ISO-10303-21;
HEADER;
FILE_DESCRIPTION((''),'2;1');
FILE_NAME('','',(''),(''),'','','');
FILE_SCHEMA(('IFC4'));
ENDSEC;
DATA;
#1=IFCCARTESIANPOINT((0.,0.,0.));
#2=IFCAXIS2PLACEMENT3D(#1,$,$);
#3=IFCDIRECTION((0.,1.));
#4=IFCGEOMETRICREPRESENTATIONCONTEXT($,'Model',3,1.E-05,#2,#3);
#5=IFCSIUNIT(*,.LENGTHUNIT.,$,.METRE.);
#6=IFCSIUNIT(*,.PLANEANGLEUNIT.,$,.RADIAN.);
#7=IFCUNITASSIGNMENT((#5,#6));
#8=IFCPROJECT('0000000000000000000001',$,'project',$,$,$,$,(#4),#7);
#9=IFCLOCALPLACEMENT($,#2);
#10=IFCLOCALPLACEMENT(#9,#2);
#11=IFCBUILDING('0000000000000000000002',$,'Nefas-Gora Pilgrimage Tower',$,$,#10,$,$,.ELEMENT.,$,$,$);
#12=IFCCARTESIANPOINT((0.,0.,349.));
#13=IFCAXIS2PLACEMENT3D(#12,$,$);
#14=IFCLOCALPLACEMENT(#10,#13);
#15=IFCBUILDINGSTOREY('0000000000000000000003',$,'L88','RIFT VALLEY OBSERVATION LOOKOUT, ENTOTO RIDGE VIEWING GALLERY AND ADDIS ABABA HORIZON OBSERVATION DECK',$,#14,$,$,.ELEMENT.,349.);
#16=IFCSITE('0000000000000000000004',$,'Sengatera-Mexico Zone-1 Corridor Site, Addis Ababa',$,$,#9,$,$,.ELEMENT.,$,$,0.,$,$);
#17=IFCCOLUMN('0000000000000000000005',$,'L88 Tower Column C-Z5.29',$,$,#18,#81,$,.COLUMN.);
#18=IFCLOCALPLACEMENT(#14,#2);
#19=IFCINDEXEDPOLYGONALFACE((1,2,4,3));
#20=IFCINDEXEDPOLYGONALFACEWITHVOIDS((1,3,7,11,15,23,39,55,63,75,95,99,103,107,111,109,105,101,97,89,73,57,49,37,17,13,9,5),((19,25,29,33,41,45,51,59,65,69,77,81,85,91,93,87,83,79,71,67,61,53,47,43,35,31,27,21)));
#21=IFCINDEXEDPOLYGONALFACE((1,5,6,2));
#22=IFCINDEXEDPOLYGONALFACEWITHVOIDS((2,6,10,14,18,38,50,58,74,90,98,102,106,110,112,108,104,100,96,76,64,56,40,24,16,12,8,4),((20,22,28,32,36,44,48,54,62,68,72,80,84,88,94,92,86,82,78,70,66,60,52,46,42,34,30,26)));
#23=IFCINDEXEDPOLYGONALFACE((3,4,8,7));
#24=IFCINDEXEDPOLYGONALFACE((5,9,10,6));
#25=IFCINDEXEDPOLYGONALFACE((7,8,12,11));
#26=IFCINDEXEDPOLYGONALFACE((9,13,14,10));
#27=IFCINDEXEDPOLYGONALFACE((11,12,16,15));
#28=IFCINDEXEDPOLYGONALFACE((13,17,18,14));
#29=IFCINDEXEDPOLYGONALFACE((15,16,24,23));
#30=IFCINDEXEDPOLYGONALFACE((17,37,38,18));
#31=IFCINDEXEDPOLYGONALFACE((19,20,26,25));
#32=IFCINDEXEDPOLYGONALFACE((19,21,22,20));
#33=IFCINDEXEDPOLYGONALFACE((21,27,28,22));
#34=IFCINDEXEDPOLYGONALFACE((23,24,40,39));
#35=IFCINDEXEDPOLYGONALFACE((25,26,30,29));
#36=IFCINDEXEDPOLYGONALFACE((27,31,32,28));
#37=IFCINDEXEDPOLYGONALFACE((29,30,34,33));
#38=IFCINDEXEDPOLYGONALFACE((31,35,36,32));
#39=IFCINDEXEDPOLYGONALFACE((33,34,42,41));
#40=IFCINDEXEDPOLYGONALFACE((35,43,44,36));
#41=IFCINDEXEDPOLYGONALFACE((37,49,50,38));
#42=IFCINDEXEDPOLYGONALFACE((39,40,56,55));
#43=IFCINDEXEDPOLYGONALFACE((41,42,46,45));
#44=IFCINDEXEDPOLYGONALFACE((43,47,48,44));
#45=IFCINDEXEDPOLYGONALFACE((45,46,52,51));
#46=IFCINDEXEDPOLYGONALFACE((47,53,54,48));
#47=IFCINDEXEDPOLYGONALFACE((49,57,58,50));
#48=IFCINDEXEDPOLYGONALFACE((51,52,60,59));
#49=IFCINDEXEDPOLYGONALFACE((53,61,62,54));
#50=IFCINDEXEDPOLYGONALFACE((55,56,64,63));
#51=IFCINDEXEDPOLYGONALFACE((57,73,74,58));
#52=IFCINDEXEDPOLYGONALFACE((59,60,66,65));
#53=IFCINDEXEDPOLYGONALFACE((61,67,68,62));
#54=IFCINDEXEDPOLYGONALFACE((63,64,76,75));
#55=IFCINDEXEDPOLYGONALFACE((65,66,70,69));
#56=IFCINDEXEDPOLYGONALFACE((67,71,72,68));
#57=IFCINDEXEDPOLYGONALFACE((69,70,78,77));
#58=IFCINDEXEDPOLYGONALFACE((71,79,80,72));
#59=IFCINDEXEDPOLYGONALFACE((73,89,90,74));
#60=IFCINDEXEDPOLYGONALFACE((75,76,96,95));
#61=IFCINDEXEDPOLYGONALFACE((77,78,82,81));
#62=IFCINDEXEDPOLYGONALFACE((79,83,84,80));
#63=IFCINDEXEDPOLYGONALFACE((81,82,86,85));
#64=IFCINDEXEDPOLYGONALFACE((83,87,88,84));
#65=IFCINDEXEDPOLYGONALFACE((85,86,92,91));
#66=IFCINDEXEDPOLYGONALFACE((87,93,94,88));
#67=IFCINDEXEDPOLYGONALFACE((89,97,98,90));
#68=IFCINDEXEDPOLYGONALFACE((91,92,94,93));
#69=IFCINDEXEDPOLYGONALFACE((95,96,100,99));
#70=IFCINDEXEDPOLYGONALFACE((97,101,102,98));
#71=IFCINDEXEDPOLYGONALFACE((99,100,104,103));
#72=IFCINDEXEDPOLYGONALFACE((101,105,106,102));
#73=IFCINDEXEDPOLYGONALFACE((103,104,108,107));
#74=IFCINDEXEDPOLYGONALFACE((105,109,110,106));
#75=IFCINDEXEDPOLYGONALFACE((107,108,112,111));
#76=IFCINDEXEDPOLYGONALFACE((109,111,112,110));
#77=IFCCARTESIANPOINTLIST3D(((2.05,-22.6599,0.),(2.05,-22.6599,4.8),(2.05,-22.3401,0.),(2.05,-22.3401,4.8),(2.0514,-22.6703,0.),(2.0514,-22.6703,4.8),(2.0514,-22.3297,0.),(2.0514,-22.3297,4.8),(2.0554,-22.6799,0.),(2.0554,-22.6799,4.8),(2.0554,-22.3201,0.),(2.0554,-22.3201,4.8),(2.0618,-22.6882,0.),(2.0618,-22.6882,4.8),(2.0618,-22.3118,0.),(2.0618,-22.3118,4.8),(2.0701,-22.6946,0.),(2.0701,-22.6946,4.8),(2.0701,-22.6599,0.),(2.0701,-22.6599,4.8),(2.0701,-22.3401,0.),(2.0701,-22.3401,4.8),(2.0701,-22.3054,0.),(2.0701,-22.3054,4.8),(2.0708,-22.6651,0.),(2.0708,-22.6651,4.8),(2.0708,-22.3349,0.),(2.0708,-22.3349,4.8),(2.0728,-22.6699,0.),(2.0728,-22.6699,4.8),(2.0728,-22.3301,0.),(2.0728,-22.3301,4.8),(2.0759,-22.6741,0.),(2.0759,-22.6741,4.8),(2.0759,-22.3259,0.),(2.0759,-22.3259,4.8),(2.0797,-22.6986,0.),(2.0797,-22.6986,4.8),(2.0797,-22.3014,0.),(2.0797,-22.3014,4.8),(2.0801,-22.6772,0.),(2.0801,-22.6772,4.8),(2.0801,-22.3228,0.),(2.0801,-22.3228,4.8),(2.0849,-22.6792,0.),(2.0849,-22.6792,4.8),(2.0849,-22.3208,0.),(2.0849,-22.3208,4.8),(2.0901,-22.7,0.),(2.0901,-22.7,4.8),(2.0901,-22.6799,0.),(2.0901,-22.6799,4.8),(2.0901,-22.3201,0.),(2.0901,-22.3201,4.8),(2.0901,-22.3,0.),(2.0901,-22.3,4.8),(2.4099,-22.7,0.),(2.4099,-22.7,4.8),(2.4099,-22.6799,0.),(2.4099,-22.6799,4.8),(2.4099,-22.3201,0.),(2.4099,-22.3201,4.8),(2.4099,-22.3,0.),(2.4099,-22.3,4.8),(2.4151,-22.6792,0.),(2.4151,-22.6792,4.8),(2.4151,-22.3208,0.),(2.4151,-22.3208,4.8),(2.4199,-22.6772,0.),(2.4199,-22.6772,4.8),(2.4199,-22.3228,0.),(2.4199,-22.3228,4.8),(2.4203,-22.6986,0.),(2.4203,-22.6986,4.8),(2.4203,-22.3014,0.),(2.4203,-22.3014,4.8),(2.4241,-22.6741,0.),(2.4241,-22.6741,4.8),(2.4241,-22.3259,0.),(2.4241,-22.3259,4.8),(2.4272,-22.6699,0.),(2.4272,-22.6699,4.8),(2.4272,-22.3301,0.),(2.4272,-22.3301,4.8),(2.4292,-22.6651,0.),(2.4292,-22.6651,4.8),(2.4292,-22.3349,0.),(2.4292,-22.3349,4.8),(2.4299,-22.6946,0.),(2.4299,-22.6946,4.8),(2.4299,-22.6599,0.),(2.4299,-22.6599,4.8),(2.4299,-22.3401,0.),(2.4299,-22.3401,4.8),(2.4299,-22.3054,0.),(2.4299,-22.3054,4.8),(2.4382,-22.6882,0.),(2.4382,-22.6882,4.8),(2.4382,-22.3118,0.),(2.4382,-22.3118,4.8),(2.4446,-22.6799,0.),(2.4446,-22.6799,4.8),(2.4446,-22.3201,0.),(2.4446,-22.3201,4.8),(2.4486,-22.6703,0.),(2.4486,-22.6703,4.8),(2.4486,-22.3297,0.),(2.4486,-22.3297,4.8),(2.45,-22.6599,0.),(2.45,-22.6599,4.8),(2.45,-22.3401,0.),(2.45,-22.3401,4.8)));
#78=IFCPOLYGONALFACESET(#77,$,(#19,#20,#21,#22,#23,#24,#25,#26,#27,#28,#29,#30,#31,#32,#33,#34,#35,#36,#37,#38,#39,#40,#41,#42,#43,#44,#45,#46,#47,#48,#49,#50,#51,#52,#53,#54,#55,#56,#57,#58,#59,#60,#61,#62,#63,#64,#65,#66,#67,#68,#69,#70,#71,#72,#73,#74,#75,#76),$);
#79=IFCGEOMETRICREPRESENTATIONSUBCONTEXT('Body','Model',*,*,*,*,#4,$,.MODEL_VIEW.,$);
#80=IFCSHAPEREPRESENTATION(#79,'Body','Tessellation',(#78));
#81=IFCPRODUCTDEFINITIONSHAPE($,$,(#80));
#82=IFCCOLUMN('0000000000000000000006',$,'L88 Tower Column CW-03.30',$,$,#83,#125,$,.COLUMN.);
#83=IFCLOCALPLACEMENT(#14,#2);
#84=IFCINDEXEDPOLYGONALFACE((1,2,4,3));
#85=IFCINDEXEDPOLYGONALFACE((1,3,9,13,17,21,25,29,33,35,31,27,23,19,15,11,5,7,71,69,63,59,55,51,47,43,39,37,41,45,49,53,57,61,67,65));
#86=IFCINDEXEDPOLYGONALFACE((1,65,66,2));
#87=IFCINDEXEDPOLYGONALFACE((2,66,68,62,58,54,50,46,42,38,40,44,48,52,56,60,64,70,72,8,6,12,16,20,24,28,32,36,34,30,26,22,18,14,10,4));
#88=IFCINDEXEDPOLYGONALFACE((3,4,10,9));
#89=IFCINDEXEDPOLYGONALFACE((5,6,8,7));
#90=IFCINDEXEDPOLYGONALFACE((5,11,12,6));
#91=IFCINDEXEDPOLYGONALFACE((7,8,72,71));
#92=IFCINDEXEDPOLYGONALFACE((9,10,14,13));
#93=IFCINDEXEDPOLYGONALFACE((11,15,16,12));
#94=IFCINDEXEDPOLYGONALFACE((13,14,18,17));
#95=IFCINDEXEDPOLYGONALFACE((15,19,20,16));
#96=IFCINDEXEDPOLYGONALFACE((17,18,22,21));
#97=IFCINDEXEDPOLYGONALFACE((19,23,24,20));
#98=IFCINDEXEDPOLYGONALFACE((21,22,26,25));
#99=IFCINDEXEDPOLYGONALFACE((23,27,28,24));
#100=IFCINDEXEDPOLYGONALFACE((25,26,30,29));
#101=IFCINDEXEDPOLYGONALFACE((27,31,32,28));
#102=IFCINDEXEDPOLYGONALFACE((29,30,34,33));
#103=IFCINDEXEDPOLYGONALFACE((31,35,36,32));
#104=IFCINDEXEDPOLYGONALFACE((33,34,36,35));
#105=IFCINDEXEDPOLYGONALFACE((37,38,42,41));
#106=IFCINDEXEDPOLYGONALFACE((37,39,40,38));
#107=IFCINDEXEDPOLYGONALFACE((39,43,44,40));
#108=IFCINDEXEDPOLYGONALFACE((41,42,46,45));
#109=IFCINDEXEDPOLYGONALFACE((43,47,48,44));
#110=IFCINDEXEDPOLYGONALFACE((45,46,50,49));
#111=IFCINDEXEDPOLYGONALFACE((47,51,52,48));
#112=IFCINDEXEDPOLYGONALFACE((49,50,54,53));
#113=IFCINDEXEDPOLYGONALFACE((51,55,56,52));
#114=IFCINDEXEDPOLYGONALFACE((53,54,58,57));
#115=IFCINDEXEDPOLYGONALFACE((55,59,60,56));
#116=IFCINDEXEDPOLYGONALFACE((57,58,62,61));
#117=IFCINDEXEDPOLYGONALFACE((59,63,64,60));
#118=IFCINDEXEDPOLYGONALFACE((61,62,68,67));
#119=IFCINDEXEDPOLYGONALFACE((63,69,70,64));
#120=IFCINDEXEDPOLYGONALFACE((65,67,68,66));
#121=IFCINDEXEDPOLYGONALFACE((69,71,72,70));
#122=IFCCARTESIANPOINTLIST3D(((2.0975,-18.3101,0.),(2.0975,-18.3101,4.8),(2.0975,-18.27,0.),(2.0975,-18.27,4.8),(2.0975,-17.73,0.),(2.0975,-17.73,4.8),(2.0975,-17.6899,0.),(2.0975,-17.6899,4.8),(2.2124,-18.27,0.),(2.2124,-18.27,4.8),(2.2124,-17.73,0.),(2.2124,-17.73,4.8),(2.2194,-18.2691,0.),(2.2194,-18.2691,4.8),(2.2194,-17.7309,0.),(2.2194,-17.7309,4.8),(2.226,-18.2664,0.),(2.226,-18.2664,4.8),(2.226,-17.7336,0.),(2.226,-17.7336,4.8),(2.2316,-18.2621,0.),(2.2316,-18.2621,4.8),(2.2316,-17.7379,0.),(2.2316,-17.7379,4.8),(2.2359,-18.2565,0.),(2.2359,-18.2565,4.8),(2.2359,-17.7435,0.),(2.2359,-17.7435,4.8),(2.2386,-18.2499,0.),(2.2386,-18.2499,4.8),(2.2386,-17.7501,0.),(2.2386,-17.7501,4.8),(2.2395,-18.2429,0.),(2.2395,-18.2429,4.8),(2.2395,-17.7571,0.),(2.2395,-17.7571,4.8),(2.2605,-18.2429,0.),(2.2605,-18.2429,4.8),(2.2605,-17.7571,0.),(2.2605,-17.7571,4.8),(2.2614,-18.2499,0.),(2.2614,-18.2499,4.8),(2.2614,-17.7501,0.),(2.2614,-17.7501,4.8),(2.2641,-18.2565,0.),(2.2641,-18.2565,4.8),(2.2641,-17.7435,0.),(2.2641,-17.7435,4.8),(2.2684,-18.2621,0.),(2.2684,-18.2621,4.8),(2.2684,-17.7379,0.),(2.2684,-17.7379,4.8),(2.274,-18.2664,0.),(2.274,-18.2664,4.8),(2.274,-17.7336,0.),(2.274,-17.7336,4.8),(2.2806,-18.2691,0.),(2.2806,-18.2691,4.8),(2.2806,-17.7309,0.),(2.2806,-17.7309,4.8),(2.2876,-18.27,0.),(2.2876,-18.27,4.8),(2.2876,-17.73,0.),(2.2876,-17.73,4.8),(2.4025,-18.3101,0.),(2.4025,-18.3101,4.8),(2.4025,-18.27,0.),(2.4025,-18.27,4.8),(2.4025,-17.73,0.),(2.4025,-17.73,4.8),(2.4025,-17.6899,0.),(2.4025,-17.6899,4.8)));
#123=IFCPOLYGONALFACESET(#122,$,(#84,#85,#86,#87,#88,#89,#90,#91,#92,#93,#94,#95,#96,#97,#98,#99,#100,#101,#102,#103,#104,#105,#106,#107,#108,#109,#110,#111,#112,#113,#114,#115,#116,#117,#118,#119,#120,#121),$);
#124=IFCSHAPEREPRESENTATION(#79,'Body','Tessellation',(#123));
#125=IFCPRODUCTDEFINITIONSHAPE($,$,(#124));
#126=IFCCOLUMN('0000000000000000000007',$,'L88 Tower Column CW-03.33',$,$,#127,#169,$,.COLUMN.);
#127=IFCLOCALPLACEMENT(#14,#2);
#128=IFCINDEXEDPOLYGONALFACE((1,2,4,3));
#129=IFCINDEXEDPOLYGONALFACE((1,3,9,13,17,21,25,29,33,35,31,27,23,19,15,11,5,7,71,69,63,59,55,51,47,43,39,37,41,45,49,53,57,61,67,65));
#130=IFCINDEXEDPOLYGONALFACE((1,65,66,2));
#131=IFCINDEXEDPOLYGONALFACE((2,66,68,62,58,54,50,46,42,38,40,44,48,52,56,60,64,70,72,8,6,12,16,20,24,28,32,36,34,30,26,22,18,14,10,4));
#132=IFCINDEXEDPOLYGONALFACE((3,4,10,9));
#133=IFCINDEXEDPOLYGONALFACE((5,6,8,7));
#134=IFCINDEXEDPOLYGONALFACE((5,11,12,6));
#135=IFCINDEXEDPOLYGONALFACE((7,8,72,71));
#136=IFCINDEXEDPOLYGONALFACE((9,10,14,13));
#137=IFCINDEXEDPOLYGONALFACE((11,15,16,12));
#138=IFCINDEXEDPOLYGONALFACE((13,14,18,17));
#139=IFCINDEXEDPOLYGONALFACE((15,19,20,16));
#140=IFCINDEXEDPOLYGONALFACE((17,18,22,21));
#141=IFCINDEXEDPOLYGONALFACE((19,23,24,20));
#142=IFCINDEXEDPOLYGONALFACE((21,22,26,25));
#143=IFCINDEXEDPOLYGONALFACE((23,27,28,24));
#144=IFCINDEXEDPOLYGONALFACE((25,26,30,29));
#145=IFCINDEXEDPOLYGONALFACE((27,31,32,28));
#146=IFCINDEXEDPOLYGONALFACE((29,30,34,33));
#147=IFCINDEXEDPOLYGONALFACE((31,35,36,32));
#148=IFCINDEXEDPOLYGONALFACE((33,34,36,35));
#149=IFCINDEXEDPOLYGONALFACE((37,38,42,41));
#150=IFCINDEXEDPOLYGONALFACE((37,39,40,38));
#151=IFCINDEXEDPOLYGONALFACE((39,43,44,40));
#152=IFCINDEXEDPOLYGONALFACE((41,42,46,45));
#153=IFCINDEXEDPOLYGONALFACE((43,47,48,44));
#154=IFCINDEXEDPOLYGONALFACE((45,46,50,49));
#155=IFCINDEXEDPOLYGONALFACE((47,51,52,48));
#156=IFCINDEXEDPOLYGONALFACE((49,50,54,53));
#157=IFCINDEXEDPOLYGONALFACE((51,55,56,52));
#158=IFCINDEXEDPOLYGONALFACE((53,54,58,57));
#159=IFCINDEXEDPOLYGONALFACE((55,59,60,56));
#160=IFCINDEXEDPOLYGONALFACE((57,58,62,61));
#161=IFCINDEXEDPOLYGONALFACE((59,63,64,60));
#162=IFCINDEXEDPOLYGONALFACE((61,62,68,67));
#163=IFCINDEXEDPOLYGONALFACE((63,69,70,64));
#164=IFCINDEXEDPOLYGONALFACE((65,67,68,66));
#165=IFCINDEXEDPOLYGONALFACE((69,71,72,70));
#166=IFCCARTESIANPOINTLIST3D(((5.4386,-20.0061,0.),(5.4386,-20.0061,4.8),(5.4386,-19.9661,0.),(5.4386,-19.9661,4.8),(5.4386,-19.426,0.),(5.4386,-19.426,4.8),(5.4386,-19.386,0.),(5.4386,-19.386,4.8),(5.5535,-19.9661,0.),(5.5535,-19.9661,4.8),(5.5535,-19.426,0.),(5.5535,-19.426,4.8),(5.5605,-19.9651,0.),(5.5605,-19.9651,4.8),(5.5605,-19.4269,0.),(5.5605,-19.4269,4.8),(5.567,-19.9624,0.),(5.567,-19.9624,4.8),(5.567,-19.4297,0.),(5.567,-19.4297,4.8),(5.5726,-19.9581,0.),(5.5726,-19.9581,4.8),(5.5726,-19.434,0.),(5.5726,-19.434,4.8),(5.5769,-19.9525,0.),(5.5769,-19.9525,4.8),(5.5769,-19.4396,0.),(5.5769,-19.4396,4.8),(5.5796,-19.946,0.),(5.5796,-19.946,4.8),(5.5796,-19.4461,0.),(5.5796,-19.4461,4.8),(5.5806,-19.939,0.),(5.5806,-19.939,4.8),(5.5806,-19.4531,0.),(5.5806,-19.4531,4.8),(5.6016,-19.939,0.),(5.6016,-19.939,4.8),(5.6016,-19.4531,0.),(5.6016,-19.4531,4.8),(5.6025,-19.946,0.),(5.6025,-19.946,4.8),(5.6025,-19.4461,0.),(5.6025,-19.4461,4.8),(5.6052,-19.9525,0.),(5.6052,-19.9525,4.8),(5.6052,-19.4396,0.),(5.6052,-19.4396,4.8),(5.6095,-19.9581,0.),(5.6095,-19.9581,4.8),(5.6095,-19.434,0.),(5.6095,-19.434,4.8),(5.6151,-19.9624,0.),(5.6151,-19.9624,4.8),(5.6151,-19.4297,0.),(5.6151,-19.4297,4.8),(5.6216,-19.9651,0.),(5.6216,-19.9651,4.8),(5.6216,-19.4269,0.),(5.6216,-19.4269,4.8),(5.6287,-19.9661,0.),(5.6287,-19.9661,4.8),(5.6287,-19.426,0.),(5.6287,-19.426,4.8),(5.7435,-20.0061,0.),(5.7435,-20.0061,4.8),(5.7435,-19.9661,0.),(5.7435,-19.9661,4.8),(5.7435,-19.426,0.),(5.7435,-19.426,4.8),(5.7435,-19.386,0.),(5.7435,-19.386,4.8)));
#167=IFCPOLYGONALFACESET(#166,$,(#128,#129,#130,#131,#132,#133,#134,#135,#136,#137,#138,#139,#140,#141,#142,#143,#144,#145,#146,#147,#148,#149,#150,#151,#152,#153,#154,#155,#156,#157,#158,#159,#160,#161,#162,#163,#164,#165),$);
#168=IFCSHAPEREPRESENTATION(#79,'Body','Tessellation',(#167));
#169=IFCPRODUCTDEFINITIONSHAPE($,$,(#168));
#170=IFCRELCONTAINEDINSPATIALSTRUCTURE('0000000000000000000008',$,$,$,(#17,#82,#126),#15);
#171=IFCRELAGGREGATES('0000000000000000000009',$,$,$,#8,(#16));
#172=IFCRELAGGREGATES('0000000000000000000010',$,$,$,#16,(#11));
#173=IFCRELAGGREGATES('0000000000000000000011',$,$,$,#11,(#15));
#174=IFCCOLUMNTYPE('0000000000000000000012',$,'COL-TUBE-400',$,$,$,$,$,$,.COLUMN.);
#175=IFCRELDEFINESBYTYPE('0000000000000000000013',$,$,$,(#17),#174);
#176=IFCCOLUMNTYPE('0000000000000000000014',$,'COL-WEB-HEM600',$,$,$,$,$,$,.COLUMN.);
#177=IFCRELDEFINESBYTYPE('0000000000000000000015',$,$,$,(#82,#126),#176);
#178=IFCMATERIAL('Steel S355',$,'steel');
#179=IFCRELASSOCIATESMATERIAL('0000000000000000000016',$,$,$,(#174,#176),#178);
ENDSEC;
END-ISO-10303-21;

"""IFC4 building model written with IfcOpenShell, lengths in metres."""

from ifc_helpers import new_model, si_unit, direction, frame, origin, origin_2d, place, context, subcontext, project, spatial, hollow_rectangle, i_section, extrude, source, transform, mapped, material, material_profile, profile_set, type_object, element, save


model = new_model("IFC4")

# Units and contexts
model_context = context("Model", 3, precision=1e-05, world=origin(), true_north=direction((0.0, 1.0)))
body_context = subcontext(model_context, "Body", "Model", "MODEL_VIEW")
ifc_project = project(units=[si_unit("LENGTHUNIT", "METRE"), si_unit("PLANEANGLEUNIT", "RADIAN")], contexts=[model_context])

# Site, building, storey
site_placement = place(None, origin())
site = spatial("IfcSite", under=ifc_project, at=site_placement, Name="Sengatera-Mexico Zone-1 Corridor Site, Addis Ababa", CompositionType="ELEMENT", RefElevation=0.0)
building_placement = place(site_placement, origin())
building = spatial("IfcBuilding", under=site, at=building_placement, Name="Nefas-Gora Pilgrimage Tower", CompositionType="ELEMENT")
storey_placement = place(building_placement, frame((0.0, 0.0, 349.0)))
storey = spatial("IfcBuildingStorey", under=building, at=storey_placement, Name="L88", Description="RIFT VALLEY OBSERVATION LOOKOUT, ENTOTO RIDGE VIEWING GALLERY AND ADDIS ABABA HORIZON OBSERVATION DECK", CompositionType="ELEMENT", Elevation=349.0)

# Columns
ifc_material_1 = material(Name="Steel S355", Category="steel")
ifc_material_profile_1 = material_profile(ifc_material_1, hollow_rectangle(XDim=0.3999, YDim=0.3999, WallThickness=0.02, InnerFilletRadius=0.02, OuterFilletRadius=0.04, at=origin_2d()), Name="SHS 400x400x20")
ifc_profile_set_1 = profile_set([ifc_material_profile_1], Name="Steel S355")
column_type_1 = type_object("IfcColumnType", Name="COL-TUBE-400", PredefinedType="COLUMN", material=ifc_profile_set_1)
shared_shape_1 = source(origin(), body_context, "Body", "SweptSolid", [
    extrude(hollow_rectangle(XDim=0.3999, YDim=0.3999, WallThickness=0.02, InnerFilletRadius=0.02, OuterFilletRadius=0.04, at=origin_2d()), origin(), (0.0, 0.0, 1.0), 4.8),
])
column_1_placement = place(storey_placement, frame((2.25, -22.5, 0.0), z_axis=(0.0, 0.0, 1.0), x_axis=(1.0, 0.0, 0.0)))
element("IfcColumn", 1, at=column_1_placement, inside=storey, type_object=column_type_1, Name="L88 Tower Column C-Z5.29", PredefinedType="COLUMN", context=body_context, shape_type="MappedRepresentation", body=[
    mapped(shared_shape_1, transform((0.0, 0.0, 0.0), x_axis=(1.0, 0.0, 0.0), y_axis=(0.0, 1.0, 0.0), z_axis=(0.0, 0.0, 1.0), scale=1.0)),
])
ifc_material_profile_2 = material_profile(ifc_material_1, i_section(OverallWidth=0.3049, OverallDepth=0.6201, WebThickness=0.021, FlangeThickness=0.04, FilletRadius=0.0271, at=origin_2d()), Name="HEM 600")
ifc_profile_set_2 = profile_set([ifc_material_profile_2], Name="Steel S355")
column_type_2 = type_object("IfcColumnType", Name="COL-WEB-HEM600", PredefinedType="COLUMN", material=ifc_profile_set_2)
shared_shape_2 = source(origin(), body_context, "Body", "SweptSolid", [
    extrude(i_section(OverallWidth=0.3049, OverallDepth=0.6201, WebThickness=0.021, FlangeThickness=0.04, FilletRadius=0.0271, at=origin_2d()), origin(), (0.0, 0.0, 1.0), 4.8),
])
for number, where, z_axis, x_axis, name in (
    (2, (2.25, -18.0, 0.0), (0.0, 0.0, 1.0), (1.0, 0.0, 0.0), "L88 Tower Column CW-03.30"),
    (3, (5.5911, -19.696, 0.0), (0.0, 0.0, 1.0), (1.0, 0.0, 0.0), "L88 Tower Column CW-03.33"),
):
    element("IfcColumn", number, at=place(storey_placement, frame(where, z_axis=z_axis, x_axis=x_axis)), inside=storey, type_object=column_type_2, Name=name, PredefinedType="COLUMN", context=body_context, shape_type="MappedRepresentation", body=[
        mapped(shared_shape_2, transform((0.0, 0.0, 0.0), x_axis=(1.0, 0.0, 0.0), y_axis=(0.0, 1.0, 0.0), z_axis=(0.0, 0.0, 1.0), scale=1.0)),
    ])

save(model, "model.ifc")
